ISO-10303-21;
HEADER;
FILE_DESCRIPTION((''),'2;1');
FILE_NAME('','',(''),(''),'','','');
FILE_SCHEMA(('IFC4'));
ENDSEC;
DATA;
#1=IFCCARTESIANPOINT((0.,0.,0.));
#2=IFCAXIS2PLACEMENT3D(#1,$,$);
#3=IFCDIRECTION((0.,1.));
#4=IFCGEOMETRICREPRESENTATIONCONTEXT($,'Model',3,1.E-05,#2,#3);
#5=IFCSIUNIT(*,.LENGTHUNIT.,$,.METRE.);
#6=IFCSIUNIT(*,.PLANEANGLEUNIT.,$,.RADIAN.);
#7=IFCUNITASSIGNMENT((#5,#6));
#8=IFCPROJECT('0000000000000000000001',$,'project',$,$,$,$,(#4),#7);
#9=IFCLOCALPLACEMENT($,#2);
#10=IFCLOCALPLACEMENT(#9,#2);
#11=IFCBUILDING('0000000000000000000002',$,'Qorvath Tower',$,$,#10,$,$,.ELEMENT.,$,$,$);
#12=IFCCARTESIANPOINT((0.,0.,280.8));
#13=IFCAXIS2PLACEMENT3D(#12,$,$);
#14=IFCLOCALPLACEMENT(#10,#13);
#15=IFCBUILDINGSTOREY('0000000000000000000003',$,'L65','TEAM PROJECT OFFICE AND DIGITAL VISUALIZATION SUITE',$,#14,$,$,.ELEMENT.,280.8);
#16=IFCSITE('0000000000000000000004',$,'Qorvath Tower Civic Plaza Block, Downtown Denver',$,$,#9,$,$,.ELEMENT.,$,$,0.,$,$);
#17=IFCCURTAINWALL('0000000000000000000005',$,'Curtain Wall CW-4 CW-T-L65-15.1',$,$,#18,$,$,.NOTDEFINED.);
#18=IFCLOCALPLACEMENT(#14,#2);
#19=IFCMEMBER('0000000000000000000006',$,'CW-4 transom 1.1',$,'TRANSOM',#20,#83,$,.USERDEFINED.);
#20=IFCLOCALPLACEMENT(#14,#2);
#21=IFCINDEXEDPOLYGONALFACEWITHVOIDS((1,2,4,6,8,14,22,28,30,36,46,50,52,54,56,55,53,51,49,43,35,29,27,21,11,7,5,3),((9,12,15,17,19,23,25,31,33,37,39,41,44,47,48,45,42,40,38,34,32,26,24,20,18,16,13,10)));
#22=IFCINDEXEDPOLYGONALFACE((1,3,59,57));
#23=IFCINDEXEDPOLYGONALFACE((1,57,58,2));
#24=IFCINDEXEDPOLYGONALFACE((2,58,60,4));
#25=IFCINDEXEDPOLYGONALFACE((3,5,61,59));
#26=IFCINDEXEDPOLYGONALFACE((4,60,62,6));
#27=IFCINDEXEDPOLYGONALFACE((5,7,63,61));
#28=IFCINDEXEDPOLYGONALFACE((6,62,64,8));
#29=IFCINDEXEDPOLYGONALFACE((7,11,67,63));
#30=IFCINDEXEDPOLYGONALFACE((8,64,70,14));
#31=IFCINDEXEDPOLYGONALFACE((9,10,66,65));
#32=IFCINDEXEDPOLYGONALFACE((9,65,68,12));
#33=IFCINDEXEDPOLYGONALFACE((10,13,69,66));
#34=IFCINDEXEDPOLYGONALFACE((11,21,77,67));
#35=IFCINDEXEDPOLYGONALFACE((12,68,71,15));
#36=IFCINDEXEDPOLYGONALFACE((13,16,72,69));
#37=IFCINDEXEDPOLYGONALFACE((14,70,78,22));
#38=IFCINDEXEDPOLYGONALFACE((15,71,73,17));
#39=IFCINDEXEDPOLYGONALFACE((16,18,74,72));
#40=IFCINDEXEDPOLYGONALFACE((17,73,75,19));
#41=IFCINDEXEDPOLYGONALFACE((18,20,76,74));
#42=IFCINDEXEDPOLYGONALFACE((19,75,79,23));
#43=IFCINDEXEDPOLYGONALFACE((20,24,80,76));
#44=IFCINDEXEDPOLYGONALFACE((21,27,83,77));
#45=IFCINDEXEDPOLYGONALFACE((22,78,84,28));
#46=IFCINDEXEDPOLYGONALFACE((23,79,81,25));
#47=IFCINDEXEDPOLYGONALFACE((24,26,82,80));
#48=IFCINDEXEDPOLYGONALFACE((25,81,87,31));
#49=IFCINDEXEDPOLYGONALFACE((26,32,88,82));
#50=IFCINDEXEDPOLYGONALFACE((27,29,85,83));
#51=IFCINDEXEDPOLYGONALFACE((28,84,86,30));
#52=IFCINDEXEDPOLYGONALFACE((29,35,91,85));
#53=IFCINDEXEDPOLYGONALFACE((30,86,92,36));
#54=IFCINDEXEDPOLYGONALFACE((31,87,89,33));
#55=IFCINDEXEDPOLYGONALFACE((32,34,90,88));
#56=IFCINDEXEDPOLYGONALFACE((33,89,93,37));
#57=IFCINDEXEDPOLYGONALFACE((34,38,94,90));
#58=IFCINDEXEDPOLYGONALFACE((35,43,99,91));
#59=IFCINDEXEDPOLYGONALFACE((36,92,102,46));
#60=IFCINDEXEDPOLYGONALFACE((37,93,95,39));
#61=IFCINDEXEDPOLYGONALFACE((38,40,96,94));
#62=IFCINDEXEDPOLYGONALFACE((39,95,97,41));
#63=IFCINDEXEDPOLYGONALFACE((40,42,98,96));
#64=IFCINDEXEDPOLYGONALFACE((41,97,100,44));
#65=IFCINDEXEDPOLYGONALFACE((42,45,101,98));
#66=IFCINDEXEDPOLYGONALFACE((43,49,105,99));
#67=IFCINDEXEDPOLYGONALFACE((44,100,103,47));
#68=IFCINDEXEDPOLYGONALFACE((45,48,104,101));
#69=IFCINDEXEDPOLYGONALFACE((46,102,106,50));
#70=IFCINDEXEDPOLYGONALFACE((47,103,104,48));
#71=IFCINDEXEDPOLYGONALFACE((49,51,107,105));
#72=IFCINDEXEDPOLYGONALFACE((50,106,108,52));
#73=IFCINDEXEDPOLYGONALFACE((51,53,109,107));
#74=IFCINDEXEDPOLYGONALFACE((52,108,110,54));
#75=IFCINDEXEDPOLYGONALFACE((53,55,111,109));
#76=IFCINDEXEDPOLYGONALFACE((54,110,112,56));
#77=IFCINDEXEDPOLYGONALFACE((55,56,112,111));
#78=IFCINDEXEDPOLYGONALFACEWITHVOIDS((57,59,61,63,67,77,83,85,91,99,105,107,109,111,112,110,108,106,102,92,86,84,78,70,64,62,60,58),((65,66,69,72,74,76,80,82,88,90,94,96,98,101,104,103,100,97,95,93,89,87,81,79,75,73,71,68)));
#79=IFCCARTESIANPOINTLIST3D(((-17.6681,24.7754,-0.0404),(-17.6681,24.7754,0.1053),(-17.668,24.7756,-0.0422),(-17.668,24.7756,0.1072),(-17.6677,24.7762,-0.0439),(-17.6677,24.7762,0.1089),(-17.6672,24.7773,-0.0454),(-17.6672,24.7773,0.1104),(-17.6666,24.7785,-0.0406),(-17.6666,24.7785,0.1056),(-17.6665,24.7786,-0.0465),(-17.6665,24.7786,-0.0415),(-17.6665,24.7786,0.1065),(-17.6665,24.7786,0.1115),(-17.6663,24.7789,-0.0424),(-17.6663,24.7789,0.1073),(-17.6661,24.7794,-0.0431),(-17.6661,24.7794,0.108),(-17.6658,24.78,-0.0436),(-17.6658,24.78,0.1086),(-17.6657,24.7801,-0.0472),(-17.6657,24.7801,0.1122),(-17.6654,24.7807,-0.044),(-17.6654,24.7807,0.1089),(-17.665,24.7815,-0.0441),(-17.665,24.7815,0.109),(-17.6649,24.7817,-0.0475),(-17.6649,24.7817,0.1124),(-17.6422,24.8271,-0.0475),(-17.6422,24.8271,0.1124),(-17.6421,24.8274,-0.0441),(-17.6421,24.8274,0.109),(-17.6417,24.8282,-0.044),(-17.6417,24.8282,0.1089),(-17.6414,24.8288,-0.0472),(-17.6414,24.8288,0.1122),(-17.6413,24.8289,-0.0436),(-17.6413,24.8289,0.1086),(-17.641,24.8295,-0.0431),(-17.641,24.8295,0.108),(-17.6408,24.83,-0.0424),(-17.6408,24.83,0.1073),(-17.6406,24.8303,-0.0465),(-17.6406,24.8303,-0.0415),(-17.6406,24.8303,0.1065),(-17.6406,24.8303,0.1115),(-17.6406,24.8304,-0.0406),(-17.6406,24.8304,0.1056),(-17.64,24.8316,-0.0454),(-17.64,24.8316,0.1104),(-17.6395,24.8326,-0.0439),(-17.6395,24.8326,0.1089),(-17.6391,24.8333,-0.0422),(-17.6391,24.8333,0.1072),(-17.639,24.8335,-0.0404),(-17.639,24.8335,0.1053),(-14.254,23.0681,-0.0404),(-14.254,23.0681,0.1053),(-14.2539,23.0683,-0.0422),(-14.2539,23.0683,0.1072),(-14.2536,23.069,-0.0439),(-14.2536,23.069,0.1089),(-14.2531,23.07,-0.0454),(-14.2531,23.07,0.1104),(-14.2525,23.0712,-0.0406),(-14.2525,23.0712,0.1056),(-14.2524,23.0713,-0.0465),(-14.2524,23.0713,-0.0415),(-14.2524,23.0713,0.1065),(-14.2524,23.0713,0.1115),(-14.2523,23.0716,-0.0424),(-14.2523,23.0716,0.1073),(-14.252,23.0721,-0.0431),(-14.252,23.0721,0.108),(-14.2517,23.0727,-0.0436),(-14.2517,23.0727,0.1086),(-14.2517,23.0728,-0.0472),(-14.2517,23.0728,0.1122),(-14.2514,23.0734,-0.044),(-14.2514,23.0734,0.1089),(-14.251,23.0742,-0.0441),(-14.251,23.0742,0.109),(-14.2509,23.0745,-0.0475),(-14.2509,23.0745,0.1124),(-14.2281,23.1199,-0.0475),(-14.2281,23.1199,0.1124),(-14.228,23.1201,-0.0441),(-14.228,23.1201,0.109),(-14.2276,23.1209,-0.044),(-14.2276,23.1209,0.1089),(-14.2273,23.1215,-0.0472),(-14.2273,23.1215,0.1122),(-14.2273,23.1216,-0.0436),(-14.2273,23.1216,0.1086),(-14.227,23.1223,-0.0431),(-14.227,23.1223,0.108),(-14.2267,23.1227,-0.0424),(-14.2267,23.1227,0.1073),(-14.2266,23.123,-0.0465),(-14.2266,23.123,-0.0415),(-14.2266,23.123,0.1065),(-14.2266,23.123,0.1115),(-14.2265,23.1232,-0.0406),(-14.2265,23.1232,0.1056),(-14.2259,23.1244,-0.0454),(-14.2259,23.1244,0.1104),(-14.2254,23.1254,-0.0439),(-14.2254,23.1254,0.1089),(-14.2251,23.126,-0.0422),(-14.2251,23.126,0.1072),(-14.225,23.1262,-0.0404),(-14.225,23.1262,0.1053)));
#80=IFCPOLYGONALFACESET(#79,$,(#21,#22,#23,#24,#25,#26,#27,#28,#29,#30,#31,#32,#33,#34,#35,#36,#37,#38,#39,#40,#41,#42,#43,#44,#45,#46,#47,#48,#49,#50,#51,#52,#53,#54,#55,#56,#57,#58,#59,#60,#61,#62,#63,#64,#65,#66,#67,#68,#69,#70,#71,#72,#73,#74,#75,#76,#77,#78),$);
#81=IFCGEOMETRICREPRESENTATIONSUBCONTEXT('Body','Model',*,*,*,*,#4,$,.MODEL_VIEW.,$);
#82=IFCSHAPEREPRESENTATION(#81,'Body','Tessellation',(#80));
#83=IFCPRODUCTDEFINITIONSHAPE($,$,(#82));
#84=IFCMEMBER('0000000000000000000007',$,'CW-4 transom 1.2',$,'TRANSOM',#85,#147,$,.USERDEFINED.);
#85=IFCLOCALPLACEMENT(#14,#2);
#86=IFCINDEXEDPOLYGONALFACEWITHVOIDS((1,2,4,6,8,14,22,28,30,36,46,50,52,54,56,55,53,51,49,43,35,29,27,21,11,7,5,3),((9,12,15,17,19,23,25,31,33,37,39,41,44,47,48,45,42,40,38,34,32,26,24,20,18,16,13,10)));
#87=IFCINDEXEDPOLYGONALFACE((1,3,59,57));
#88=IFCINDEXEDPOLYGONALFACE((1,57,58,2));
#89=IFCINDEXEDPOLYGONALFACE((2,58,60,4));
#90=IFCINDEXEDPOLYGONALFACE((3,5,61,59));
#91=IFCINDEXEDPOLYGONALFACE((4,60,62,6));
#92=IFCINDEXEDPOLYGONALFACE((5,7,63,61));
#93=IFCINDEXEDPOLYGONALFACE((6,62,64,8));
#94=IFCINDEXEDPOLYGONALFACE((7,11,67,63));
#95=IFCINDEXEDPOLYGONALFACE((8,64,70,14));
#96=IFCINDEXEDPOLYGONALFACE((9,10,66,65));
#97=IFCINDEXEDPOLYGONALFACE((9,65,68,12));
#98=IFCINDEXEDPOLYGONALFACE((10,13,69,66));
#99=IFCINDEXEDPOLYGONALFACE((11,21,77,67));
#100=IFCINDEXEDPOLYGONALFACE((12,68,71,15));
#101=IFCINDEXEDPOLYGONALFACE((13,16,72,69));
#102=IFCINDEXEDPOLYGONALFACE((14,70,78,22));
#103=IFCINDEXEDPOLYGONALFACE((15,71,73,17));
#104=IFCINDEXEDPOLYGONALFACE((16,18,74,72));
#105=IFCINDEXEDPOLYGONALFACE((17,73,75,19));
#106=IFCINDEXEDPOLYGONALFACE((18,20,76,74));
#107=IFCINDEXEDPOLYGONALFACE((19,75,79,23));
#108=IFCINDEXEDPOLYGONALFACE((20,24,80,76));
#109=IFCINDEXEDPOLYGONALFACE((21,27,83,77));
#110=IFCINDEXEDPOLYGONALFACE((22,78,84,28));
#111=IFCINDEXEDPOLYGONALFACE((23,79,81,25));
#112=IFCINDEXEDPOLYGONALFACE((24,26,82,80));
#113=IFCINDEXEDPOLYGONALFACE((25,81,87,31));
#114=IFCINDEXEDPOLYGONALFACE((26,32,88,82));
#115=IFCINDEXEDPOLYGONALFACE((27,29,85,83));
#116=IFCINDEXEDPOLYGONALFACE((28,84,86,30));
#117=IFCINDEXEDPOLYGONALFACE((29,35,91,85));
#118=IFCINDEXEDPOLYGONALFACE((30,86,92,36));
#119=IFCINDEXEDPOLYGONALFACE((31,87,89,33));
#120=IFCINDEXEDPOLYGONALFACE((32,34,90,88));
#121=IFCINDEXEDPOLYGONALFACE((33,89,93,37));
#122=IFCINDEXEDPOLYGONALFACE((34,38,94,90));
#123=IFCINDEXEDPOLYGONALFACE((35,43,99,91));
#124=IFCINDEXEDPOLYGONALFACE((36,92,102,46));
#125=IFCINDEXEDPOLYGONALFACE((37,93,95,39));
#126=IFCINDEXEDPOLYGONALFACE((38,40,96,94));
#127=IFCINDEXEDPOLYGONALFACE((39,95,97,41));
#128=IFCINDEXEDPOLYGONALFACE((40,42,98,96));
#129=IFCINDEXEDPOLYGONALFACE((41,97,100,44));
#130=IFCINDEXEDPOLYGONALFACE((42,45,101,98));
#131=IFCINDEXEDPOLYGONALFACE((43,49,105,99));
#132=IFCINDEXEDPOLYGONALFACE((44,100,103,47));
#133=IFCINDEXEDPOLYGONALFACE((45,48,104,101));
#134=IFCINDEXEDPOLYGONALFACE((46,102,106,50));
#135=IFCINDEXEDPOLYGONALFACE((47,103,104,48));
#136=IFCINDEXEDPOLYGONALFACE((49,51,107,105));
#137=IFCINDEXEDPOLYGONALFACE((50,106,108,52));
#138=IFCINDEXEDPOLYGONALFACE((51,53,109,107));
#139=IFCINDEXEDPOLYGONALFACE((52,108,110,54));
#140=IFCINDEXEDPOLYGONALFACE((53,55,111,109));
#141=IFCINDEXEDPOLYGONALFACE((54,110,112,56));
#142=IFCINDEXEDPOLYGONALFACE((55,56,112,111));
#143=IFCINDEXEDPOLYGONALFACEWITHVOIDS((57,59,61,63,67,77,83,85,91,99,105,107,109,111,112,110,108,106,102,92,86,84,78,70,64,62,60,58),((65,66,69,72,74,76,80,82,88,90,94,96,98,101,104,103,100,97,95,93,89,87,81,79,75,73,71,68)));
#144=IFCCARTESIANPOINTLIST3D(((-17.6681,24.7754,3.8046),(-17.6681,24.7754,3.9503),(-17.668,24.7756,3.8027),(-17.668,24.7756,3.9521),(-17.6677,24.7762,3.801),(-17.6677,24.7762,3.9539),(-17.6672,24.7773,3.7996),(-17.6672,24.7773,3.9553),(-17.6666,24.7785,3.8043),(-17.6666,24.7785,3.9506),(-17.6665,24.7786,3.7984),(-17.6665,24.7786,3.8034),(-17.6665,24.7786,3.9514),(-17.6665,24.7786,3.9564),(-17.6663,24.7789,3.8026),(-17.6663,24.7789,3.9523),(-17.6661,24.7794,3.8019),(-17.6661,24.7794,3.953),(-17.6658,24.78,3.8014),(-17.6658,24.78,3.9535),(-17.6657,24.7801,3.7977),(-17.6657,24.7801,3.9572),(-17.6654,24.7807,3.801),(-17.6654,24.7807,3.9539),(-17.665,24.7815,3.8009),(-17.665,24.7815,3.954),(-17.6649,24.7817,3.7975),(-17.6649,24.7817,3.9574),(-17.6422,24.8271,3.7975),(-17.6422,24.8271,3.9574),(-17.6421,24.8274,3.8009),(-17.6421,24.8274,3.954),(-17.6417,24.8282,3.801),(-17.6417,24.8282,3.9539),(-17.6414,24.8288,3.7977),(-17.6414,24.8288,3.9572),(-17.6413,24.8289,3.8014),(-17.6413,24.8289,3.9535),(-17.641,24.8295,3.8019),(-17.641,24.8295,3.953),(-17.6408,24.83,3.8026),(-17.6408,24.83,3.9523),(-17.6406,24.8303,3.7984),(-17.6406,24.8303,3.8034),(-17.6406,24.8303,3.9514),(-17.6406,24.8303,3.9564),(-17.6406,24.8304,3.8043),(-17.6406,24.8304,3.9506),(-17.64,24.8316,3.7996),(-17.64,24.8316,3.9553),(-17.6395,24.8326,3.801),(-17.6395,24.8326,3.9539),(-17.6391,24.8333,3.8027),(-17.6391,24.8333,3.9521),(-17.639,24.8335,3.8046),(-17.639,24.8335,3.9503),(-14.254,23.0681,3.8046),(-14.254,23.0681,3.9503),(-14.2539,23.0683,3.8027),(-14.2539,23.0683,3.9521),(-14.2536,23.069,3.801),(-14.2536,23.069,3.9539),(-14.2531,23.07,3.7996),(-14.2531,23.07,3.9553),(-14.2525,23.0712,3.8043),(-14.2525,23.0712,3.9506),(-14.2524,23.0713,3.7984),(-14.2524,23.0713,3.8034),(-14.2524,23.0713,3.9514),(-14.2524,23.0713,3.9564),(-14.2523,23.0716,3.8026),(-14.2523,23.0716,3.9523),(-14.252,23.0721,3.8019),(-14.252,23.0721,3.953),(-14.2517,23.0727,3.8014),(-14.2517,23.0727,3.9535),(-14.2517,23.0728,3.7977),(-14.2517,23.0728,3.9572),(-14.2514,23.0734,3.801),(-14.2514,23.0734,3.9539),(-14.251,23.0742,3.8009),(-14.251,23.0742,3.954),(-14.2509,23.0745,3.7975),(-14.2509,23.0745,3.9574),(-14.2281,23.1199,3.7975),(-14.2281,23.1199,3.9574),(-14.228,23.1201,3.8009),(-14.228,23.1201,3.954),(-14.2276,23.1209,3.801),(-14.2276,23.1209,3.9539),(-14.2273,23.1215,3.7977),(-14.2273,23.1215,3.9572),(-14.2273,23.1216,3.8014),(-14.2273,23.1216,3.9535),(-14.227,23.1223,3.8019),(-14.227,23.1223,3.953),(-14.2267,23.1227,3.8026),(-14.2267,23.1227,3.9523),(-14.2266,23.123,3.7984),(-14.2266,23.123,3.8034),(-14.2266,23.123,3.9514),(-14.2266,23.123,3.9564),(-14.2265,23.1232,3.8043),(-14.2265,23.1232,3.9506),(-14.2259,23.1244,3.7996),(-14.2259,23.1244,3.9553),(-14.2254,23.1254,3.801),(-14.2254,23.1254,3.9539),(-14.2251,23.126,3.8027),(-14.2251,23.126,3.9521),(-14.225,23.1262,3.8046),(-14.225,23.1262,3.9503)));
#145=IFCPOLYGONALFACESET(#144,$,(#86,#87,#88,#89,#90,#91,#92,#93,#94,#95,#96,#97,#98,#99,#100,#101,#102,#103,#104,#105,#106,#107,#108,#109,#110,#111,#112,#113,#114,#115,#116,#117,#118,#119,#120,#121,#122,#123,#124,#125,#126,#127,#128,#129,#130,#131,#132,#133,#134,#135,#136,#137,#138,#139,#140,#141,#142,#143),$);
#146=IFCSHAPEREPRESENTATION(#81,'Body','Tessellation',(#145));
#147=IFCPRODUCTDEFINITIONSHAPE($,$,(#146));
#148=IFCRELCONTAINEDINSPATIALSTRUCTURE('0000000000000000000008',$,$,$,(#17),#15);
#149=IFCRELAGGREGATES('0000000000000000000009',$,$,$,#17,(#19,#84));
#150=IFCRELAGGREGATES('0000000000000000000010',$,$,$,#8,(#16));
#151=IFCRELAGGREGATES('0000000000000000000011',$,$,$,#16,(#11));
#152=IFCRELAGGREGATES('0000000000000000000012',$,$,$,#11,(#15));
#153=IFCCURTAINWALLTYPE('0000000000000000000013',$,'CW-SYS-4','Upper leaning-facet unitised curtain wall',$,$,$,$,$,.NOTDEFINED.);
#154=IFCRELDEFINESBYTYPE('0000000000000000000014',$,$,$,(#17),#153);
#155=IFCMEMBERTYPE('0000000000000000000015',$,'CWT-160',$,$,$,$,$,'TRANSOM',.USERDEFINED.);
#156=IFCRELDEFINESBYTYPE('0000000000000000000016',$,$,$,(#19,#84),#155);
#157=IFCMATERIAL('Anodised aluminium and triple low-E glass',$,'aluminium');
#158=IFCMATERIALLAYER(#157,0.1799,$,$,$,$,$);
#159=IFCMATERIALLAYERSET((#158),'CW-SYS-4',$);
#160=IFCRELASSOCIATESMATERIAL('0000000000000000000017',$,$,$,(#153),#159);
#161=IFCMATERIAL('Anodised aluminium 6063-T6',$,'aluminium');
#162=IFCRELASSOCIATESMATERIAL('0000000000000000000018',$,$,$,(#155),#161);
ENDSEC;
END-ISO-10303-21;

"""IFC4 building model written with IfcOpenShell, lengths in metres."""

from ifc_helpers import new_model, si_unit, direction, frame, origin, origin_2d, place, context, subcontext, project, spatial, hollow_rectangle, extrude, material, layer, layer_set, material_profile, profile_set, type_object, element, aggregate, save


model = new_model("IFC4")

# Units and contexts
model_context = context("Model", 3, precision=1e-05, world=origin(), true_north=direction((0.0, 1.0)))
body_context = subcontext(model_context, "Body", "Model", "MODEL_VIEW")
ifc_project = project(units=[si_unit("LENGTHUNIT", "METRE"), si_unit("PLANEANGLEUNIT", "RADIAN")], contexts=[model_context])

# Site, building, storey
site_placement = place(None, origin())
site = spatial("IfcSite", under=ifc_project, at=site_placement, Name="Qorvath Tower Civic Plaza Block, Downtown Denver", CompositionType="ELEMENT", RefElevation=0.0)
building_placement = place(site_placement, origin())
building = spatial("IfcBuilding", under=site, at=building_placement, Name="Qorvath Tower", CompositionType="ELEMENT")
storey_placement = place(building_placement, frame((0.0, 0.0, 280.8)))
storey = spatial("IfcBuildingStorey", under=building, at=storey_placement, Name="L65", Description="TEAM PROJECT OFFICE AND DIGITAL VISUALIZATION SUITE", CompositionType="ELEMENT", Elevation=280.8)

# Shared definitions
ifc_material_1 = material(Name="Anodised aluminium and triple low-E glass", Category="aluminium")
ifc_layer_1 = layer(ifc_material_1, 0.1799)
ifc_layer_set_1 = layer_set([ifc_layer_1], Name="CW-SYS-4")
curtain_wall_type = type_object("IfcCurtainWallType", Name="CW-SYS-4", Description="Upper leaning-facet unitised curtain wall", PredefinedType="NOTDEFINED", material=ifc_layer_set_1)

# Curtain wall
curtain_wall_1_placement = place(storey_placement, origin())
curtain_wall_1 = element("IfcCurtainWall", 1, at=curtain_wall_1_placement, inside=storey, type_object=curtain_wall_type, Name="Curtain Wall CW-4 CW-T-L65-15.1", PredefinedType="NOTDEFINED")

# Members
ifc_material_2 = material(Name="Anodised aluminium 6063-T6", Category="aluminium")
ifc_material_profile_1 = material_profile(ifc_material_2, hollow_rectangle(XDim=0.0649, YDim=0.1599, WallThickness=0.0034, InnerFilletRadius=0.0034, OuterFilletRadius=0.0071, at=origin_2d()), Name="CWT 160x65")
ifc_profile_set_1 = profile_set([ifc_material_profile_1], Name="Anodised aluminium 6063-T6")
member_type_1 = type_object("IfcMemberType", Name="CWT-160", ElementType="TRANSOM", PredefinedType="USERDEFINED", material=ifc_profile_set_1)
member_1_placement = place(storey_placement, frame((-14.2395, 23.0972, 0.0325), z_axis=(-0.894402, 0.447265, 0.0), x_axis=(-0.447265, -0.894402, 0.0)))
member_1 = element("IfcMember", 2, at=member_1_placement, type_object=member_type_1, Name="CW-4 transom 1.1", ObjectType="TRANSOM", PredefinedType="USERDEFINED", context=body_context, shape_type="SweptSolid", body=[
    extrude(hollow_rectangle(XDim=0.0649, YDim=0.1599, WallThickness=0.0034, InnerFilletRadius=0.0034, OuterFilletRadius=0.0071, at=origin_2d()), origin(), (0.0, 0.0, 1.0), 3.8171),
])
member_2_placement = place(storey_placement, frame((-14.2395, 23.0972, 3.8774), z_axis=(-0.894402, 0.447265, 0.0), x_axis=(-0.447265, -0.894402, 0.0)))
member_2 = element("IfcMember", 3, at=member_2_placement, type_object=member_type_1, Name="CW-4 transom 1.2", ObjectType="TRANSOM", PredefinedType="USERDEFINED", context=body_context, shape_type="SweptSolid", body=[
    extrude(hollow_rectangle(XDim=0.0649, YDim=0.1599, WallThickness=0.0034, InnerFilletRadius=0.0034, OuterFilletRadius=0.0071, at=origin_2d()), origin(), (0.0, 0.0, 1.0), 3.8171),
])

aggregate(curtain_wall_1, [member_1, member_2])

save(model, "model.ifc")
